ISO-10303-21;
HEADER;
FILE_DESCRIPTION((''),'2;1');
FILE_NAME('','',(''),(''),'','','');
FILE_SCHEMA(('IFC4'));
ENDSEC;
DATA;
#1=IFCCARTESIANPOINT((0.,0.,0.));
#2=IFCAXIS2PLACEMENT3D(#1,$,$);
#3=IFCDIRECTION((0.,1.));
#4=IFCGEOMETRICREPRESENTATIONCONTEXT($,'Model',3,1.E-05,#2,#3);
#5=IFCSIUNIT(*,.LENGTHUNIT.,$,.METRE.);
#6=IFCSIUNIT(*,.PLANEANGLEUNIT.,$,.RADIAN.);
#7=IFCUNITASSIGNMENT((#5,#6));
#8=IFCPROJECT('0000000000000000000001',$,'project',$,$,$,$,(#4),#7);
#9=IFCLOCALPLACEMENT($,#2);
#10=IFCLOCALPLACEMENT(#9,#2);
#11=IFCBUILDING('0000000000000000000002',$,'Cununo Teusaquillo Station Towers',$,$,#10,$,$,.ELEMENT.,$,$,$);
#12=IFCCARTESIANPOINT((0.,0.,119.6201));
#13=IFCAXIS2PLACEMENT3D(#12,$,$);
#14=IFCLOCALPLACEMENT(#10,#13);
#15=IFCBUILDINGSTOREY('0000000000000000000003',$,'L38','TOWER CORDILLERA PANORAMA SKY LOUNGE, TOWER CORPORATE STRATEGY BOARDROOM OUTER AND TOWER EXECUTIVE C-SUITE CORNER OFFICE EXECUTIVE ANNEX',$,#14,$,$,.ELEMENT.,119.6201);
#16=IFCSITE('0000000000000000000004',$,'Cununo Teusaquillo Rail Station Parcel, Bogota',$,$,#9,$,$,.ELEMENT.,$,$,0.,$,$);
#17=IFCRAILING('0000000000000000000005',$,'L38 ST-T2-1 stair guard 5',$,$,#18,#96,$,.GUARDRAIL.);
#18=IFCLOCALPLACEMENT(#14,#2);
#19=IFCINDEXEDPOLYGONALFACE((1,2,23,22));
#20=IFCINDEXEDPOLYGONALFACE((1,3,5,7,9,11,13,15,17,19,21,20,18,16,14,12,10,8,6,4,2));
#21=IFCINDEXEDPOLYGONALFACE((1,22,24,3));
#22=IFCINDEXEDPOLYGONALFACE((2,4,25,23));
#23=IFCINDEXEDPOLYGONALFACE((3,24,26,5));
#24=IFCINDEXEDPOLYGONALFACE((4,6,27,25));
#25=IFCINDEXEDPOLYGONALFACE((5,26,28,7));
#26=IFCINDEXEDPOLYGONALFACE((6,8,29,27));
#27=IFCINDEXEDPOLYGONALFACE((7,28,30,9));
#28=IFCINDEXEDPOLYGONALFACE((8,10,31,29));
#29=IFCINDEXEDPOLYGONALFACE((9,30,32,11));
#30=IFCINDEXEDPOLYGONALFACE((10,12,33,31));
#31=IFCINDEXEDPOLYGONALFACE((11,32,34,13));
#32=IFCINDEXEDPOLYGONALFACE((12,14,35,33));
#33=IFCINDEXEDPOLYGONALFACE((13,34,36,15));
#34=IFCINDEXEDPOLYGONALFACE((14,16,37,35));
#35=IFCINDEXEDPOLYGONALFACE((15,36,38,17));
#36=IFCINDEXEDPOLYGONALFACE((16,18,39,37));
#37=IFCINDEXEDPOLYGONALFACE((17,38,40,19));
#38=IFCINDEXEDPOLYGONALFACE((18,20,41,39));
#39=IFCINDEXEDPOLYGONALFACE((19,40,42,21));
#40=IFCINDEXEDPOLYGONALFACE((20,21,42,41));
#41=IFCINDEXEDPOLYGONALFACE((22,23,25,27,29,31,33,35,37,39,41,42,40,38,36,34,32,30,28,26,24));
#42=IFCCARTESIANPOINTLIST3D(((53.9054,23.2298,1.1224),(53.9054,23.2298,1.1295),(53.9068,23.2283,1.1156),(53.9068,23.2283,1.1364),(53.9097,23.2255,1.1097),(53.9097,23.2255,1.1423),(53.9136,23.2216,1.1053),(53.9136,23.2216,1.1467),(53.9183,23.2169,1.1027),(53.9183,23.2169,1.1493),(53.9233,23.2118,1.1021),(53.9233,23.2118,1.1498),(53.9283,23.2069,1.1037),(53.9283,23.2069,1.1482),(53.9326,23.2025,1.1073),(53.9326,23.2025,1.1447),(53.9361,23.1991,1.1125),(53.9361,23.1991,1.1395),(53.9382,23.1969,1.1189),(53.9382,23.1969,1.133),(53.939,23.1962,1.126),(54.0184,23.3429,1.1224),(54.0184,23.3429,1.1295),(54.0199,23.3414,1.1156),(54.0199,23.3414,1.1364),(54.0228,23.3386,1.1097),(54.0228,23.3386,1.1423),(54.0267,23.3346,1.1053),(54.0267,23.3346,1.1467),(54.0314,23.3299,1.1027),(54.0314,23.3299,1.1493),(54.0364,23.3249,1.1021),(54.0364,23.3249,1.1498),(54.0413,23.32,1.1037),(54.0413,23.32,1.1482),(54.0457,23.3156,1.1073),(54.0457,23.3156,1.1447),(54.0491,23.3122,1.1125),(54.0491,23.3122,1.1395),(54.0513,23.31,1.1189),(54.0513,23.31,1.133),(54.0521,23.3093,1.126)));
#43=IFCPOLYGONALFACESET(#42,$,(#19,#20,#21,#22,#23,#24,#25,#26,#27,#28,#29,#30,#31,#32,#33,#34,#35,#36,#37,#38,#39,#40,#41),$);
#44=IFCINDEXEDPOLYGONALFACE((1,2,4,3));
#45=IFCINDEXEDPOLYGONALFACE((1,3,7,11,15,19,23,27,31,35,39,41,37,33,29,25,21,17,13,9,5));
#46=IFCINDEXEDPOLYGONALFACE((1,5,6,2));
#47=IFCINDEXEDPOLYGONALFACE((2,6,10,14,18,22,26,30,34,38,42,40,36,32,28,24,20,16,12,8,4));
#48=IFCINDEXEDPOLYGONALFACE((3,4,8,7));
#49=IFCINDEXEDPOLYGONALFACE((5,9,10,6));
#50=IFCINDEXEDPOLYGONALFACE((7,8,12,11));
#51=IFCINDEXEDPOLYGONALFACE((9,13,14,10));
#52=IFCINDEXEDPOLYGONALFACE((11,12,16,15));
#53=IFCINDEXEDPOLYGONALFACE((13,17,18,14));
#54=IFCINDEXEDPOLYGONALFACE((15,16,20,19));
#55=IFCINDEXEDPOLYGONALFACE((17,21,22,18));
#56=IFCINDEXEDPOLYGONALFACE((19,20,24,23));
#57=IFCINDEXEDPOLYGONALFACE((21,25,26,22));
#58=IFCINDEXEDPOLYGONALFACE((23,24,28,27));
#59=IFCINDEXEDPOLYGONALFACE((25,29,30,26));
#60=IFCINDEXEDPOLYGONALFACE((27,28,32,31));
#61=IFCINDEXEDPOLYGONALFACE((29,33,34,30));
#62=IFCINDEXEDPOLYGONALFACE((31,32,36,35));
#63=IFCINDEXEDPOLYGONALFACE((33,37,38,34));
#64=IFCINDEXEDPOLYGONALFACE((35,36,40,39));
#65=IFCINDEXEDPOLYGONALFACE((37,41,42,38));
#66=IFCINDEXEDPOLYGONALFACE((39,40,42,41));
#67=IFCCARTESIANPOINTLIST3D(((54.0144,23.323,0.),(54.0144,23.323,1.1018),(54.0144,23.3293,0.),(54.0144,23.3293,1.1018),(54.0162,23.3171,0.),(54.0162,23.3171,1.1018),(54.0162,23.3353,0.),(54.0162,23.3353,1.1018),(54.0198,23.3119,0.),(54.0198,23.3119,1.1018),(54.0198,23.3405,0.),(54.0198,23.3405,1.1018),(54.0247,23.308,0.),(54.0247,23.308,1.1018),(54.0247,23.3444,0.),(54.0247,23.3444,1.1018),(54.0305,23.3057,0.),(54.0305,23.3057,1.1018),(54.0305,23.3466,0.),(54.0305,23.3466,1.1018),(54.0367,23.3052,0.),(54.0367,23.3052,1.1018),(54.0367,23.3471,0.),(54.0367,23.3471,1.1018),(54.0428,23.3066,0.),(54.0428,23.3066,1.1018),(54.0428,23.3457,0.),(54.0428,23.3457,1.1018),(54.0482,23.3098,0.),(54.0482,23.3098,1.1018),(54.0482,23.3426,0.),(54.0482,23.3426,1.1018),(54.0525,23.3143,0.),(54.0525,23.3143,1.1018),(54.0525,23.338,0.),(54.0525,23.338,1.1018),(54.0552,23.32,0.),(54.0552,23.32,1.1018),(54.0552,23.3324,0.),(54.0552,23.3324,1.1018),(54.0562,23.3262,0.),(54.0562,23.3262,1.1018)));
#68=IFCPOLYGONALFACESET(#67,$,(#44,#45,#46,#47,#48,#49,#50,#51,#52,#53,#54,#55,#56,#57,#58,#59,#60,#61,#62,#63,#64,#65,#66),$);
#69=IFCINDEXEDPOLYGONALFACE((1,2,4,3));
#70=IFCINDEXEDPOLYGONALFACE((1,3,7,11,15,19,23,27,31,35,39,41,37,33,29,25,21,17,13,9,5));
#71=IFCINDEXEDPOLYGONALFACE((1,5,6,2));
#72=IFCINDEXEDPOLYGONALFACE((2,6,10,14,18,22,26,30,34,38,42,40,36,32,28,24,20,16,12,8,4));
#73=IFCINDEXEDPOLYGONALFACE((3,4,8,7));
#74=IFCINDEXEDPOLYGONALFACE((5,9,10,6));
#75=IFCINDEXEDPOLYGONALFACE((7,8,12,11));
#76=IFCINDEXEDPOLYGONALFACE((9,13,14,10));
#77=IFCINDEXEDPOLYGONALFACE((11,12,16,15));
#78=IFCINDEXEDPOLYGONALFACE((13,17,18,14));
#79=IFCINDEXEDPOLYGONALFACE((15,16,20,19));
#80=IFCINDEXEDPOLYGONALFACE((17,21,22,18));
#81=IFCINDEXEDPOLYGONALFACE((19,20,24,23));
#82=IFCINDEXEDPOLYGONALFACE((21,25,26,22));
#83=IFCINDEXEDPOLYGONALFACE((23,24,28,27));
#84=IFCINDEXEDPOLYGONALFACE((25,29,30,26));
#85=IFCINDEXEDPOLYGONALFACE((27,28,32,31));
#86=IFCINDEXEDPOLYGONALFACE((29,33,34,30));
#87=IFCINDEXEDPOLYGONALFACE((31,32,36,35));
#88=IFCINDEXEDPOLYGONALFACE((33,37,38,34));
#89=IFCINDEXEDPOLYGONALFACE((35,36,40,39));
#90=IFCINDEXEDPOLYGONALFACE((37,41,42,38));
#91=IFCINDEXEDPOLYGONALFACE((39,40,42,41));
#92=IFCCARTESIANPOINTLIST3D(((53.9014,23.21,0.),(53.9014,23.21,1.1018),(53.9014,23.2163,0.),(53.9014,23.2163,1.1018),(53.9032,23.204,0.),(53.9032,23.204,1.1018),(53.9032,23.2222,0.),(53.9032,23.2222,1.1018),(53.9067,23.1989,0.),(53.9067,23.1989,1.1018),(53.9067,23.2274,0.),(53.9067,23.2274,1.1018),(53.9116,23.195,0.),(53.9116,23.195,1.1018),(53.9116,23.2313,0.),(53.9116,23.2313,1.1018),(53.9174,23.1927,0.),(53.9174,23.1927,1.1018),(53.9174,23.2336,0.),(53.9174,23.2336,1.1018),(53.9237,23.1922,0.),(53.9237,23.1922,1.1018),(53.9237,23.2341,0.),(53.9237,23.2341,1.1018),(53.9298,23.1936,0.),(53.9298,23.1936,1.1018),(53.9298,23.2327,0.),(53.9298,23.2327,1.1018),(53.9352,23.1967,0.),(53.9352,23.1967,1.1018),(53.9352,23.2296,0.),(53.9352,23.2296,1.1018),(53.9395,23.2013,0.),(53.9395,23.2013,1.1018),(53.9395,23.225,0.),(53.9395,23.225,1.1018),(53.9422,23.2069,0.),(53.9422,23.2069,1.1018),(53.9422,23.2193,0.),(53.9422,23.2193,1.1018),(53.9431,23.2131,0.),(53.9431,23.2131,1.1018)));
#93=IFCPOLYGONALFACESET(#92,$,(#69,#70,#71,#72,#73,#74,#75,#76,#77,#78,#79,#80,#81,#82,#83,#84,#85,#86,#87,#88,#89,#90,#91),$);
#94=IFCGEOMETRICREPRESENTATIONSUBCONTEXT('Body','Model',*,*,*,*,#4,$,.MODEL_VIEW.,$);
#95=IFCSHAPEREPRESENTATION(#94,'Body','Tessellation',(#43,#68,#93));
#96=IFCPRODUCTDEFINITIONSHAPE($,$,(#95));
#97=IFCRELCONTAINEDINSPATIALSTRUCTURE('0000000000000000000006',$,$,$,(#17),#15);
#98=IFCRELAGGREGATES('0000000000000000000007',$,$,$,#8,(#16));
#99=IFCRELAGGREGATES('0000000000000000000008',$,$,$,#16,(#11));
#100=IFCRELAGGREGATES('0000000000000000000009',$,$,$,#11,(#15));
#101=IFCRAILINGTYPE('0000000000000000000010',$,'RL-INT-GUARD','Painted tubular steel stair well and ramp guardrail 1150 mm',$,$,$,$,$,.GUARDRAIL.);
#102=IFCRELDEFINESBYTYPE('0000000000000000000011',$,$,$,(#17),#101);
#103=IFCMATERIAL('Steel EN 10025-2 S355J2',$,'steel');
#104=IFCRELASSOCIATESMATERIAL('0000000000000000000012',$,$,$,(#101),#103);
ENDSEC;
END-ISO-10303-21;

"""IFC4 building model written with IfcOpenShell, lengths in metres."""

from ifc_helpers import new_model, si_unit, direction, frame, origin, origin_2d, place, context, subcontext, project, spatial, circle, extrude, material, type_object, element, save


model = new_model("IFC4")

# Units and contexts
model_context = context("Model", 3, precision=1e-05, world=origin(), true_north=direction((0.0, 1.0)))
body_context = subcontext(model_context, "Body", "Model", "MODEL_VIEW")
ifc_project = project(units=[si_unit("LENGTHUNIT", "METRE"), si_unit("PLANEANGLEUNIT", "RADIAN")], contexts=[model_context])

# Site, building, storey
site_placement = place(None, origin())
site = spatial("IfcSite", under=ifc_project, at=site_placement, Name="Cununo Teusaquillo Rail Station Parcel, Bogota", CompositionType="ELEMENT", RefElevation=0.0)
building_placement = place(site_placement, origin())
building = spatial("IfcBuilding", under=site, at=building_placement, Name="Cununo Teusaquillo Station Towers", CompositionType="ELEMENT")
storey_placement = place(building_placement, frame((0.0, 0.0, 119.6201)))
storey = spatial("IfcBuildingStorey", under=building, at=storey_placement, Name="L38", Description="TOWER CORDILLERA PANORAMA SKY LOUNGE, TOWER CORPORATE STRATEGY BOARDROOM OUTER AND TOWER EXECUTIVE C-SUITE CORNER OFFICE EXECUTIVE ANNEX", CompositionType="ELEMENT", Elevation=119.6201)

# Railing
ifc_material_1 = material(Name="Steel EN 10025-2 S355J2", Category="steel")
railing_type_1 = type_object("IfcRailingType", Name="RL-INT-GUARD", Description="Painted tubular steel stair well and ramp guardrail 1150 mm", PredefinedType="GUARDRAIL", material=ifc_material_1)
railing_1_placement = place(storey_placement, frame((54.0352, 23.3262, 0.0)))
element("IfcRailing", 1, at=railing_1_placement, inside=storey, type_object=railing_type_1, Name="L38 ST-T2-1 stair guard 5", PredefinedType="GUARDRAIL", context=body_context, shape_type="SweptSolid", body=[
    extrude(circle(Radius=0.0239, at=origin_2d()), frame((0.0, 0.0, 1.126), z_axis=(-0.707107, -0.707107, 0.0), x_axis=(0.707107, -0.707107, 0.0)), (0.0, 0.0, 1.0), 0.1599),
    extrude(circle(Radius=0.021, at=origin_2d()), origin(), (0.0, 0.0, 1.0), 1.1018),
    extrude(circle(Radius=0.021, at=origin_2d()), frame((-0.113, -0.113, 0.0)), (0.0, 0.0, 1.0), 1.1018),
])

save(model, "model.ifc")
